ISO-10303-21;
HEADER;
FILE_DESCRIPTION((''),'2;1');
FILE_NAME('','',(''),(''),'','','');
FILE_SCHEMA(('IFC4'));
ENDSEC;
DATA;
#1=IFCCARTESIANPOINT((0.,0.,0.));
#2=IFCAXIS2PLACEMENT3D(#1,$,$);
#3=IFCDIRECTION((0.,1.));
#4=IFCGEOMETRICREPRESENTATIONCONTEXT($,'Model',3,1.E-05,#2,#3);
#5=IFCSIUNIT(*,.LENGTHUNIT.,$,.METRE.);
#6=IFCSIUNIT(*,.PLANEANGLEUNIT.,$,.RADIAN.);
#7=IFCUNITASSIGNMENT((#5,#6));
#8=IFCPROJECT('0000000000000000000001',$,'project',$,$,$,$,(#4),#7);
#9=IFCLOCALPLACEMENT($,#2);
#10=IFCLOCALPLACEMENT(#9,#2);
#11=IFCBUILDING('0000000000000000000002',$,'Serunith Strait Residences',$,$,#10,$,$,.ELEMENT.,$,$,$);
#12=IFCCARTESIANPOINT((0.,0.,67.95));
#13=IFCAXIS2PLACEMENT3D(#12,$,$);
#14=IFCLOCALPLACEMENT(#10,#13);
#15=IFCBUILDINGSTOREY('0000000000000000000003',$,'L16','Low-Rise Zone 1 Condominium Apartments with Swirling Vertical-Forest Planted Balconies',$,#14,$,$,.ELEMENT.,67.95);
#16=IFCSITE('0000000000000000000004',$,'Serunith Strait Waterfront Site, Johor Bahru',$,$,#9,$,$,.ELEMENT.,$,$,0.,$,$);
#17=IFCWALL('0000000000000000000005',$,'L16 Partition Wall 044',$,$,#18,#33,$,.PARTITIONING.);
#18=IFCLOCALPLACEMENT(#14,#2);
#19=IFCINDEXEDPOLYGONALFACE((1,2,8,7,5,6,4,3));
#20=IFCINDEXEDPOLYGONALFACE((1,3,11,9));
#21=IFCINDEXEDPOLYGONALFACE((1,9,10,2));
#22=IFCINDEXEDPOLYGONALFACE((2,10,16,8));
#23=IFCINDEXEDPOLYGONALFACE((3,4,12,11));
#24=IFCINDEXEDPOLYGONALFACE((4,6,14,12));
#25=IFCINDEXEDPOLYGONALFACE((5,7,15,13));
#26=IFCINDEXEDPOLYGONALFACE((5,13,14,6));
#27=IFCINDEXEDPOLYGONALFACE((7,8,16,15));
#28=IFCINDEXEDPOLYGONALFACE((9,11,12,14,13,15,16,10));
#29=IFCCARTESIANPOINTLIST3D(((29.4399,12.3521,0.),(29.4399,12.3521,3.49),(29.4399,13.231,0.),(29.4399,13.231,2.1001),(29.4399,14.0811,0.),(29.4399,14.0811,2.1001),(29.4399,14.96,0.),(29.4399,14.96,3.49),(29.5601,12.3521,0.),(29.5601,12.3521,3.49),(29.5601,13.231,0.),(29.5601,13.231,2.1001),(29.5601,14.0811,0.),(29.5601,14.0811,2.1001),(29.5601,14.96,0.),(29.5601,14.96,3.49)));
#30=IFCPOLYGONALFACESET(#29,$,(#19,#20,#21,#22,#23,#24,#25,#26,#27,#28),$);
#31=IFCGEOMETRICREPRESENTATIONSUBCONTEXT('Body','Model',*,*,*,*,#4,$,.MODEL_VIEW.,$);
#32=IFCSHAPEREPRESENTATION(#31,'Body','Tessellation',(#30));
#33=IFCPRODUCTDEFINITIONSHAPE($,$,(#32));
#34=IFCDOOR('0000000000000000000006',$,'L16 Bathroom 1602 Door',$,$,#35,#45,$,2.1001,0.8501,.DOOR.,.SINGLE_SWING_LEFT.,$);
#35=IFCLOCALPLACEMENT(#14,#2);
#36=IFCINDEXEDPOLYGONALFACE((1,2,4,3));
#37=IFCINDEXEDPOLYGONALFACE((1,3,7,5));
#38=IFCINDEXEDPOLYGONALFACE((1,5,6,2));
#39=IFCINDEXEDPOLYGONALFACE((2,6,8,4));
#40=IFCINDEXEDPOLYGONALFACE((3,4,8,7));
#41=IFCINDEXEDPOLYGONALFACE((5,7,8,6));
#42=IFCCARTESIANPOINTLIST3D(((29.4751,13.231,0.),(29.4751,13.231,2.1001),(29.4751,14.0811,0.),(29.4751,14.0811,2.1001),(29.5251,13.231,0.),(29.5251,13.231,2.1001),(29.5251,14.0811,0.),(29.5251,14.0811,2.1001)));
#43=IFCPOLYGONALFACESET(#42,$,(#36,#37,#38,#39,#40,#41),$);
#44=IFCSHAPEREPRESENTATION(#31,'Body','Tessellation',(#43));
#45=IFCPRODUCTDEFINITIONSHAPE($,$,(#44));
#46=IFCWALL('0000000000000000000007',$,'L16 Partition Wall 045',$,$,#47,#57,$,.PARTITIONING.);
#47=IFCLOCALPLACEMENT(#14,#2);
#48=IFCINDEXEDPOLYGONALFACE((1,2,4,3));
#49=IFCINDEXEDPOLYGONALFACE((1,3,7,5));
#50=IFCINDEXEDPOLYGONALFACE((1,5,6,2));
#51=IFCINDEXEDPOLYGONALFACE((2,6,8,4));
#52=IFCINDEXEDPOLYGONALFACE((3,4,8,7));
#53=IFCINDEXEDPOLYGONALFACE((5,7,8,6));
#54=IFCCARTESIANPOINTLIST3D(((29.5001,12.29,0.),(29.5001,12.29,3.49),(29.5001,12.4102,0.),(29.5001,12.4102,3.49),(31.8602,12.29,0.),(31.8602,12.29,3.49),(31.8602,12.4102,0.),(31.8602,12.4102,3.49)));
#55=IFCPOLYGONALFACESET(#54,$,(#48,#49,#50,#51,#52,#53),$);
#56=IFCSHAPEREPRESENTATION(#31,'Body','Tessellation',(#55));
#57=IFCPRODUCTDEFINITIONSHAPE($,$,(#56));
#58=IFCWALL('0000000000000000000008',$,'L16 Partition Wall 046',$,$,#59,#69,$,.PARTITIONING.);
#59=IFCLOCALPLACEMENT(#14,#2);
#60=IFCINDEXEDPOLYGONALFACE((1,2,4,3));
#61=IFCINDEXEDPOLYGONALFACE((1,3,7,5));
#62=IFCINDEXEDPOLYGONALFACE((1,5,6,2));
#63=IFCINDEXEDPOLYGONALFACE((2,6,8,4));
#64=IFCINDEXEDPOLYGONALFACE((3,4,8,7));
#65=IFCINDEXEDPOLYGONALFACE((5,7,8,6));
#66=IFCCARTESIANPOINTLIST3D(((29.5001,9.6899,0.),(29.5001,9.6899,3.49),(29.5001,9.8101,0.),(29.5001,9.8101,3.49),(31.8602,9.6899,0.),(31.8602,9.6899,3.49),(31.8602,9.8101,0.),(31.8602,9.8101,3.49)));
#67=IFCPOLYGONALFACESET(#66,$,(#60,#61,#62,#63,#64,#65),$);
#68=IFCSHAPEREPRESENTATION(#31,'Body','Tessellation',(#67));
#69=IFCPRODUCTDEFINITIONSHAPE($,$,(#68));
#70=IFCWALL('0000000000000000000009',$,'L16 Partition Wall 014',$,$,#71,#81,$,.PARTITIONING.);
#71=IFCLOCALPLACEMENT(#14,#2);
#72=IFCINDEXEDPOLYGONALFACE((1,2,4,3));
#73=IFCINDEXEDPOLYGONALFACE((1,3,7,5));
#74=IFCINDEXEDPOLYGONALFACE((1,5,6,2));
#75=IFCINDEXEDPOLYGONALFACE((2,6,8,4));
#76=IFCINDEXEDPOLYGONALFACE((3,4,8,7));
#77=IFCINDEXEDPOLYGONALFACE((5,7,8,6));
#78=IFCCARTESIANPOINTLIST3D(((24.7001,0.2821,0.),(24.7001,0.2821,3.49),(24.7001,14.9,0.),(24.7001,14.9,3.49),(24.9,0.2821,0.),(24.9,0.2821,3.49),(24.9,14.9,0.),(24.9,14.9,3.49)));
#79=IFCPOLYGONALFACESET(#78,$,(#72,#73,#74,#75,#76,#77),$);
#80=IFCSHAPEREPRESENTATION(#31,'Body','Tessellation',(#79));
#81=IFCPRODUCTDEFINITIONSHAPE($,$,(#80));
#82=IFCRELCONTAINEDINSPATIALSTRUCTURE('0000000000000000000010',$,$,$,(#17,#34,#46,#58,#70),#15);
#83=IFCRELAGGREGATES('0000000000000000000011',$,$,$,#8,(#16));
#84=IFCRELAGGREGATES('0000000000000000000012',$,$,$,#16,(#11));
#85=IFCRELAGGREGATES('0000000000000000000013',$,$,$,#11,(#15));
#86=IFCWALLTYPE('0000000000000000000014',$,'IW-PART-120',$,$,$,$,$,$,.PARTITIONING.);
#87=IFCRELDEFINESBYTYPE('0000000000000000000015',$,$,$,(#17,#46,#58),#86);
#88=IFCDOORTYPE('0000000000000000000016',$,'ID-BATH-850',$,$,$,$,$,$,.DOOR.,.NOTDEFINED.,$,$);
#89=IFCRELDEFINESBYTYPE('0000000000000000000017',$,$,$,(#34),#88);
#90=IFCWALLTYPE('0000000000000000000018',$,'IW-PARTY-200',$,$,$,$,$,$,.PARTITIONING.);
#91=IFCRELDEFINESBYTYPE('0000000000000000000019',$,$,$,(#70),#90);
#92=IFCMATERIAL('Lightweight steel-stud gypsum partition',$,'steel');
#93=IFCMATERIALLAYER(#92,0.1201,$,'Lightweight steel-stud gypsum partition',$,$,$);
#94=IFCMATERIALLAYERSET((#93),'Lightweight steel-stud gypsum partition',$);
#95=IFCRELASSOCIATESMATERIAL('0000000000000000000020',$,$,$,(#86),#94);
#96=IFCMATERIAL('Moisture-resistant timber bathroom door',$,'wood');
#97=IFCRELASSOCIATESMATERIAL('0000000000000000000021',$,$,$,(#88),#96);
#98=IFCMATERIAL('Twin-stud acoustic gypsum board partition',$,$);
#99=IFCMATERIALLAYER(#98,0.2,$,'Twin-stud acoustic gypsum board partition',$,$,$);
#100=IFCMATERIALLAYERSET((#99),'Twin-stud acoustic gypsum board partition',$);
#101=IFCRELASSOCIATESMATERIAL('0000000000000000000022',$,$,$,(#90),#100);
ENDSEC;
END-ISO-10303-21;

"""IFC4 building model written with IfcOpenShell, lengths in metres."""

from ifc_helpers import new_model, si_unit, direction, frame, frame_2d, origin, place, context, subcontext, project, spatial, rectangle, extrude, source, transform, mapped, material, layer, layer_set, type_object, element, fill, save


model = new_model("IFC4")

# Units and contexts
model_context = context("Model", 3, precision=1e-05, world=origin(), true_north=direction((0.0, 1.0)))
body_context = subcontext(model_context, "Body", "Model", "MODEL_VIEW")
ifc_project = project(units=[si_unit("LENGTHUNIT", "METRE"), si_unit("PLANEANGLEUNIT", "RADIAN")], contexts=[model_context])

# Site, building, storey
site_placement = place(None, origin())
site = spatial("IfcSite", under=ifc_project, at=site_placement, Name="Serunith Strait Waterfront Site, Johor Bahru", CompositionType="ELEMENT", RefElevation=0.0)
building_placement = place(site_placement, origin())
building = spatial("IfcBuilding", under=site, at=building_placement, Name="Serunith Strait Residences", CompositionType="ELEMENT")
storey_placement = place(building_placement, frame((0.0, 0.0, 67.95)))
storey = spatial("IfcBuildingStorey", under=building, at=storey_placement, Name="L16", Description="Low-Rise Zone 1 Condominium Apartments with Swirling Vertical-Forest Planted Balconies", CompositionType="ELEMENT", Elevation=67.95)

# Shared definitions
ifc_material_1 = material(Name="Lightweight steel-stud gypsum partition", Category="steel")
ifc_layer_1 = layer(ifc_material_1, 0.1201, Name="Lightweight steel-stud gypsum partition")
ifc_layer_set_1 = layer_set([ifc_layer_1], Name="Lightweight steel-stud gypsum partition")
wall_type_1 = type_object("IfcWallType", Name="IW-PART-120", PredefinedType="PARTITIONING", material=ifc_layer_set_1)
shared_shape_1 = source(origin(), body_context, "Body", "SweptSolid", [
    extrude(rectangle(XDim=0.8501, YDim=2.1001, at=frame_2d((0.425, 1.05))), frame((0.0, 0.0249, 0.0), z_axis=(0.0, -1.0, 0.0), x_axis=(1.0, 0.0, 0.0)), (0.0, 0.0, 1.0), 0.05),
])

# Wall, opening, door
wall_1_placement = place(storey_placement, frame((29.5, 12.3521, 0.0), z_axis=(0.0, 0.0, 1.0), x_axis=(0.0, 1.0, 0.0)))
wall_1 = element("IfcWall", 1, at=wall_1_placement, inside=storey, type_object=wall_type_1, Name="L16 Partition Wall 044", PredefinedType="PARTITIONING", context=body_context, shape_type="SweptSolid", body=[
    extrude(rectangle(XDim=2.6079, YDim=0.1201, at=frame_2d((1.304, 0.0))), origin(), (0.0, 0.0, 1.0), 3.49),
])
opening_1_placement = place(wall_1_placement, frame((0.8789, 0.0, 0.0)))
opening_1 = element("IfcOpeningElement", 2, at=opening_1_placement, cuts=wall_1, PredefinedType="OPENING", context=body_context, shape_type="SweptSolid", body=[
    extrude(rectangle(XDim=0.8501, YDim=2.1001, at=frame_2d((0.425, 1.05))), frame((0.0, 0.0701, 0.0), z_axis=(0.0, -1.0, 0.0), x_axis=(1.0, 0.0, 0.0)), (0.0, 0.0, 1.0), 0.1401),
])
ifc_material_2 = material(Name="Moisture-resistant timber bathroom door", Category="wood")
door_type_1 = type_object("IfcDoorType", Name="ID-BATH-850", OperationType="NOTDEFINED", PredefinedType="DOOR", material=ifc_material_2)
door_1_placement = place(opening_1_placement, origin())
door_1 = element("IfcDoor", 3, at=door_1_placement, inside=storey, type_object=door_type_1, Name="L16 Bathroom 1602 Door", OperationType="SINGLE_SWING_LEFT", OverallHeight=2.1001, OverallWidth=0.8501, PredefinedType="DOOR", context=body_context, shape_type="MappedRepresentation", body=[
    mapped(shared_shape_1, transform((0.0, 0.0, 0.0), scale=1.0)),
])
fill(opening_1, door_1)

# Walls
for number, where, z_axis, x_axis, name in (
    (4, (29.5, 12.3501, 0.0), (0.0, 0.0, 1.0), (1.0, 0.0, 0.0), "L16 Partition Wall 045"),
    (5, (29.5, 9.75, 0.0), (0.0, 0.0, 1.0), (1.0, 0.0, 0.0), "L16 Partition Wall 046"),
):
    element("IfcWall", number, at=place(storey_placement, frame(where, z_axis=z_axis, x_axis=x_axis)), inside=storey, type_object=wall_type_1, Name=name, PredefinedType="PARTITIONING", context=body_context, shape_type="SweptSolid", body=[
        extrude(rectangle(XDim=2.3601, YDim=0.1201, at=frame_2d((1.1802, 0.0))), origin(), (0.0, 0.0, 1.0), 3.49),
    ])
ifc_material_3 = material(Name="Twin-stud acoustic gypsum board partition")
ifc_layer_2 = layer(ifc_material_3, 0.2, Name="Twin-stud acoustic gypsum board partition")
ifc_layer_set_2 = layer_set([ifc_layer_2], Name="Twin-stud acoustic gypsum board partition")
wall_type_2 = type_object("IfcWallType", Name="IW-PARTY-200", PredefinedType="PARTITIONING", material=ifc_layer_set_2)
wall_2_placement = place(storey_placement, frame((24.8, 0.282, 0.0), z_axis=(0.0, 0.0, 1.0), x_axis=(0.0, 1.0, 0.0)))
element("IfcWall", 6, at=wall_2_placement, inside=storey, type_object=wall_type_2, Name="L16 Partition Wall 014", PredefinedType="PARTITIONING", context=body_context, shape_type="SweptSolid", body=[
    extrude(rectangle(XDim=14.6179, YDim=0.2, at=frame_2d((7.3091, 0.0))), origin(), (0.0, 0.0, 1.0), 3.49),
])

save(model, "model.ifc")
